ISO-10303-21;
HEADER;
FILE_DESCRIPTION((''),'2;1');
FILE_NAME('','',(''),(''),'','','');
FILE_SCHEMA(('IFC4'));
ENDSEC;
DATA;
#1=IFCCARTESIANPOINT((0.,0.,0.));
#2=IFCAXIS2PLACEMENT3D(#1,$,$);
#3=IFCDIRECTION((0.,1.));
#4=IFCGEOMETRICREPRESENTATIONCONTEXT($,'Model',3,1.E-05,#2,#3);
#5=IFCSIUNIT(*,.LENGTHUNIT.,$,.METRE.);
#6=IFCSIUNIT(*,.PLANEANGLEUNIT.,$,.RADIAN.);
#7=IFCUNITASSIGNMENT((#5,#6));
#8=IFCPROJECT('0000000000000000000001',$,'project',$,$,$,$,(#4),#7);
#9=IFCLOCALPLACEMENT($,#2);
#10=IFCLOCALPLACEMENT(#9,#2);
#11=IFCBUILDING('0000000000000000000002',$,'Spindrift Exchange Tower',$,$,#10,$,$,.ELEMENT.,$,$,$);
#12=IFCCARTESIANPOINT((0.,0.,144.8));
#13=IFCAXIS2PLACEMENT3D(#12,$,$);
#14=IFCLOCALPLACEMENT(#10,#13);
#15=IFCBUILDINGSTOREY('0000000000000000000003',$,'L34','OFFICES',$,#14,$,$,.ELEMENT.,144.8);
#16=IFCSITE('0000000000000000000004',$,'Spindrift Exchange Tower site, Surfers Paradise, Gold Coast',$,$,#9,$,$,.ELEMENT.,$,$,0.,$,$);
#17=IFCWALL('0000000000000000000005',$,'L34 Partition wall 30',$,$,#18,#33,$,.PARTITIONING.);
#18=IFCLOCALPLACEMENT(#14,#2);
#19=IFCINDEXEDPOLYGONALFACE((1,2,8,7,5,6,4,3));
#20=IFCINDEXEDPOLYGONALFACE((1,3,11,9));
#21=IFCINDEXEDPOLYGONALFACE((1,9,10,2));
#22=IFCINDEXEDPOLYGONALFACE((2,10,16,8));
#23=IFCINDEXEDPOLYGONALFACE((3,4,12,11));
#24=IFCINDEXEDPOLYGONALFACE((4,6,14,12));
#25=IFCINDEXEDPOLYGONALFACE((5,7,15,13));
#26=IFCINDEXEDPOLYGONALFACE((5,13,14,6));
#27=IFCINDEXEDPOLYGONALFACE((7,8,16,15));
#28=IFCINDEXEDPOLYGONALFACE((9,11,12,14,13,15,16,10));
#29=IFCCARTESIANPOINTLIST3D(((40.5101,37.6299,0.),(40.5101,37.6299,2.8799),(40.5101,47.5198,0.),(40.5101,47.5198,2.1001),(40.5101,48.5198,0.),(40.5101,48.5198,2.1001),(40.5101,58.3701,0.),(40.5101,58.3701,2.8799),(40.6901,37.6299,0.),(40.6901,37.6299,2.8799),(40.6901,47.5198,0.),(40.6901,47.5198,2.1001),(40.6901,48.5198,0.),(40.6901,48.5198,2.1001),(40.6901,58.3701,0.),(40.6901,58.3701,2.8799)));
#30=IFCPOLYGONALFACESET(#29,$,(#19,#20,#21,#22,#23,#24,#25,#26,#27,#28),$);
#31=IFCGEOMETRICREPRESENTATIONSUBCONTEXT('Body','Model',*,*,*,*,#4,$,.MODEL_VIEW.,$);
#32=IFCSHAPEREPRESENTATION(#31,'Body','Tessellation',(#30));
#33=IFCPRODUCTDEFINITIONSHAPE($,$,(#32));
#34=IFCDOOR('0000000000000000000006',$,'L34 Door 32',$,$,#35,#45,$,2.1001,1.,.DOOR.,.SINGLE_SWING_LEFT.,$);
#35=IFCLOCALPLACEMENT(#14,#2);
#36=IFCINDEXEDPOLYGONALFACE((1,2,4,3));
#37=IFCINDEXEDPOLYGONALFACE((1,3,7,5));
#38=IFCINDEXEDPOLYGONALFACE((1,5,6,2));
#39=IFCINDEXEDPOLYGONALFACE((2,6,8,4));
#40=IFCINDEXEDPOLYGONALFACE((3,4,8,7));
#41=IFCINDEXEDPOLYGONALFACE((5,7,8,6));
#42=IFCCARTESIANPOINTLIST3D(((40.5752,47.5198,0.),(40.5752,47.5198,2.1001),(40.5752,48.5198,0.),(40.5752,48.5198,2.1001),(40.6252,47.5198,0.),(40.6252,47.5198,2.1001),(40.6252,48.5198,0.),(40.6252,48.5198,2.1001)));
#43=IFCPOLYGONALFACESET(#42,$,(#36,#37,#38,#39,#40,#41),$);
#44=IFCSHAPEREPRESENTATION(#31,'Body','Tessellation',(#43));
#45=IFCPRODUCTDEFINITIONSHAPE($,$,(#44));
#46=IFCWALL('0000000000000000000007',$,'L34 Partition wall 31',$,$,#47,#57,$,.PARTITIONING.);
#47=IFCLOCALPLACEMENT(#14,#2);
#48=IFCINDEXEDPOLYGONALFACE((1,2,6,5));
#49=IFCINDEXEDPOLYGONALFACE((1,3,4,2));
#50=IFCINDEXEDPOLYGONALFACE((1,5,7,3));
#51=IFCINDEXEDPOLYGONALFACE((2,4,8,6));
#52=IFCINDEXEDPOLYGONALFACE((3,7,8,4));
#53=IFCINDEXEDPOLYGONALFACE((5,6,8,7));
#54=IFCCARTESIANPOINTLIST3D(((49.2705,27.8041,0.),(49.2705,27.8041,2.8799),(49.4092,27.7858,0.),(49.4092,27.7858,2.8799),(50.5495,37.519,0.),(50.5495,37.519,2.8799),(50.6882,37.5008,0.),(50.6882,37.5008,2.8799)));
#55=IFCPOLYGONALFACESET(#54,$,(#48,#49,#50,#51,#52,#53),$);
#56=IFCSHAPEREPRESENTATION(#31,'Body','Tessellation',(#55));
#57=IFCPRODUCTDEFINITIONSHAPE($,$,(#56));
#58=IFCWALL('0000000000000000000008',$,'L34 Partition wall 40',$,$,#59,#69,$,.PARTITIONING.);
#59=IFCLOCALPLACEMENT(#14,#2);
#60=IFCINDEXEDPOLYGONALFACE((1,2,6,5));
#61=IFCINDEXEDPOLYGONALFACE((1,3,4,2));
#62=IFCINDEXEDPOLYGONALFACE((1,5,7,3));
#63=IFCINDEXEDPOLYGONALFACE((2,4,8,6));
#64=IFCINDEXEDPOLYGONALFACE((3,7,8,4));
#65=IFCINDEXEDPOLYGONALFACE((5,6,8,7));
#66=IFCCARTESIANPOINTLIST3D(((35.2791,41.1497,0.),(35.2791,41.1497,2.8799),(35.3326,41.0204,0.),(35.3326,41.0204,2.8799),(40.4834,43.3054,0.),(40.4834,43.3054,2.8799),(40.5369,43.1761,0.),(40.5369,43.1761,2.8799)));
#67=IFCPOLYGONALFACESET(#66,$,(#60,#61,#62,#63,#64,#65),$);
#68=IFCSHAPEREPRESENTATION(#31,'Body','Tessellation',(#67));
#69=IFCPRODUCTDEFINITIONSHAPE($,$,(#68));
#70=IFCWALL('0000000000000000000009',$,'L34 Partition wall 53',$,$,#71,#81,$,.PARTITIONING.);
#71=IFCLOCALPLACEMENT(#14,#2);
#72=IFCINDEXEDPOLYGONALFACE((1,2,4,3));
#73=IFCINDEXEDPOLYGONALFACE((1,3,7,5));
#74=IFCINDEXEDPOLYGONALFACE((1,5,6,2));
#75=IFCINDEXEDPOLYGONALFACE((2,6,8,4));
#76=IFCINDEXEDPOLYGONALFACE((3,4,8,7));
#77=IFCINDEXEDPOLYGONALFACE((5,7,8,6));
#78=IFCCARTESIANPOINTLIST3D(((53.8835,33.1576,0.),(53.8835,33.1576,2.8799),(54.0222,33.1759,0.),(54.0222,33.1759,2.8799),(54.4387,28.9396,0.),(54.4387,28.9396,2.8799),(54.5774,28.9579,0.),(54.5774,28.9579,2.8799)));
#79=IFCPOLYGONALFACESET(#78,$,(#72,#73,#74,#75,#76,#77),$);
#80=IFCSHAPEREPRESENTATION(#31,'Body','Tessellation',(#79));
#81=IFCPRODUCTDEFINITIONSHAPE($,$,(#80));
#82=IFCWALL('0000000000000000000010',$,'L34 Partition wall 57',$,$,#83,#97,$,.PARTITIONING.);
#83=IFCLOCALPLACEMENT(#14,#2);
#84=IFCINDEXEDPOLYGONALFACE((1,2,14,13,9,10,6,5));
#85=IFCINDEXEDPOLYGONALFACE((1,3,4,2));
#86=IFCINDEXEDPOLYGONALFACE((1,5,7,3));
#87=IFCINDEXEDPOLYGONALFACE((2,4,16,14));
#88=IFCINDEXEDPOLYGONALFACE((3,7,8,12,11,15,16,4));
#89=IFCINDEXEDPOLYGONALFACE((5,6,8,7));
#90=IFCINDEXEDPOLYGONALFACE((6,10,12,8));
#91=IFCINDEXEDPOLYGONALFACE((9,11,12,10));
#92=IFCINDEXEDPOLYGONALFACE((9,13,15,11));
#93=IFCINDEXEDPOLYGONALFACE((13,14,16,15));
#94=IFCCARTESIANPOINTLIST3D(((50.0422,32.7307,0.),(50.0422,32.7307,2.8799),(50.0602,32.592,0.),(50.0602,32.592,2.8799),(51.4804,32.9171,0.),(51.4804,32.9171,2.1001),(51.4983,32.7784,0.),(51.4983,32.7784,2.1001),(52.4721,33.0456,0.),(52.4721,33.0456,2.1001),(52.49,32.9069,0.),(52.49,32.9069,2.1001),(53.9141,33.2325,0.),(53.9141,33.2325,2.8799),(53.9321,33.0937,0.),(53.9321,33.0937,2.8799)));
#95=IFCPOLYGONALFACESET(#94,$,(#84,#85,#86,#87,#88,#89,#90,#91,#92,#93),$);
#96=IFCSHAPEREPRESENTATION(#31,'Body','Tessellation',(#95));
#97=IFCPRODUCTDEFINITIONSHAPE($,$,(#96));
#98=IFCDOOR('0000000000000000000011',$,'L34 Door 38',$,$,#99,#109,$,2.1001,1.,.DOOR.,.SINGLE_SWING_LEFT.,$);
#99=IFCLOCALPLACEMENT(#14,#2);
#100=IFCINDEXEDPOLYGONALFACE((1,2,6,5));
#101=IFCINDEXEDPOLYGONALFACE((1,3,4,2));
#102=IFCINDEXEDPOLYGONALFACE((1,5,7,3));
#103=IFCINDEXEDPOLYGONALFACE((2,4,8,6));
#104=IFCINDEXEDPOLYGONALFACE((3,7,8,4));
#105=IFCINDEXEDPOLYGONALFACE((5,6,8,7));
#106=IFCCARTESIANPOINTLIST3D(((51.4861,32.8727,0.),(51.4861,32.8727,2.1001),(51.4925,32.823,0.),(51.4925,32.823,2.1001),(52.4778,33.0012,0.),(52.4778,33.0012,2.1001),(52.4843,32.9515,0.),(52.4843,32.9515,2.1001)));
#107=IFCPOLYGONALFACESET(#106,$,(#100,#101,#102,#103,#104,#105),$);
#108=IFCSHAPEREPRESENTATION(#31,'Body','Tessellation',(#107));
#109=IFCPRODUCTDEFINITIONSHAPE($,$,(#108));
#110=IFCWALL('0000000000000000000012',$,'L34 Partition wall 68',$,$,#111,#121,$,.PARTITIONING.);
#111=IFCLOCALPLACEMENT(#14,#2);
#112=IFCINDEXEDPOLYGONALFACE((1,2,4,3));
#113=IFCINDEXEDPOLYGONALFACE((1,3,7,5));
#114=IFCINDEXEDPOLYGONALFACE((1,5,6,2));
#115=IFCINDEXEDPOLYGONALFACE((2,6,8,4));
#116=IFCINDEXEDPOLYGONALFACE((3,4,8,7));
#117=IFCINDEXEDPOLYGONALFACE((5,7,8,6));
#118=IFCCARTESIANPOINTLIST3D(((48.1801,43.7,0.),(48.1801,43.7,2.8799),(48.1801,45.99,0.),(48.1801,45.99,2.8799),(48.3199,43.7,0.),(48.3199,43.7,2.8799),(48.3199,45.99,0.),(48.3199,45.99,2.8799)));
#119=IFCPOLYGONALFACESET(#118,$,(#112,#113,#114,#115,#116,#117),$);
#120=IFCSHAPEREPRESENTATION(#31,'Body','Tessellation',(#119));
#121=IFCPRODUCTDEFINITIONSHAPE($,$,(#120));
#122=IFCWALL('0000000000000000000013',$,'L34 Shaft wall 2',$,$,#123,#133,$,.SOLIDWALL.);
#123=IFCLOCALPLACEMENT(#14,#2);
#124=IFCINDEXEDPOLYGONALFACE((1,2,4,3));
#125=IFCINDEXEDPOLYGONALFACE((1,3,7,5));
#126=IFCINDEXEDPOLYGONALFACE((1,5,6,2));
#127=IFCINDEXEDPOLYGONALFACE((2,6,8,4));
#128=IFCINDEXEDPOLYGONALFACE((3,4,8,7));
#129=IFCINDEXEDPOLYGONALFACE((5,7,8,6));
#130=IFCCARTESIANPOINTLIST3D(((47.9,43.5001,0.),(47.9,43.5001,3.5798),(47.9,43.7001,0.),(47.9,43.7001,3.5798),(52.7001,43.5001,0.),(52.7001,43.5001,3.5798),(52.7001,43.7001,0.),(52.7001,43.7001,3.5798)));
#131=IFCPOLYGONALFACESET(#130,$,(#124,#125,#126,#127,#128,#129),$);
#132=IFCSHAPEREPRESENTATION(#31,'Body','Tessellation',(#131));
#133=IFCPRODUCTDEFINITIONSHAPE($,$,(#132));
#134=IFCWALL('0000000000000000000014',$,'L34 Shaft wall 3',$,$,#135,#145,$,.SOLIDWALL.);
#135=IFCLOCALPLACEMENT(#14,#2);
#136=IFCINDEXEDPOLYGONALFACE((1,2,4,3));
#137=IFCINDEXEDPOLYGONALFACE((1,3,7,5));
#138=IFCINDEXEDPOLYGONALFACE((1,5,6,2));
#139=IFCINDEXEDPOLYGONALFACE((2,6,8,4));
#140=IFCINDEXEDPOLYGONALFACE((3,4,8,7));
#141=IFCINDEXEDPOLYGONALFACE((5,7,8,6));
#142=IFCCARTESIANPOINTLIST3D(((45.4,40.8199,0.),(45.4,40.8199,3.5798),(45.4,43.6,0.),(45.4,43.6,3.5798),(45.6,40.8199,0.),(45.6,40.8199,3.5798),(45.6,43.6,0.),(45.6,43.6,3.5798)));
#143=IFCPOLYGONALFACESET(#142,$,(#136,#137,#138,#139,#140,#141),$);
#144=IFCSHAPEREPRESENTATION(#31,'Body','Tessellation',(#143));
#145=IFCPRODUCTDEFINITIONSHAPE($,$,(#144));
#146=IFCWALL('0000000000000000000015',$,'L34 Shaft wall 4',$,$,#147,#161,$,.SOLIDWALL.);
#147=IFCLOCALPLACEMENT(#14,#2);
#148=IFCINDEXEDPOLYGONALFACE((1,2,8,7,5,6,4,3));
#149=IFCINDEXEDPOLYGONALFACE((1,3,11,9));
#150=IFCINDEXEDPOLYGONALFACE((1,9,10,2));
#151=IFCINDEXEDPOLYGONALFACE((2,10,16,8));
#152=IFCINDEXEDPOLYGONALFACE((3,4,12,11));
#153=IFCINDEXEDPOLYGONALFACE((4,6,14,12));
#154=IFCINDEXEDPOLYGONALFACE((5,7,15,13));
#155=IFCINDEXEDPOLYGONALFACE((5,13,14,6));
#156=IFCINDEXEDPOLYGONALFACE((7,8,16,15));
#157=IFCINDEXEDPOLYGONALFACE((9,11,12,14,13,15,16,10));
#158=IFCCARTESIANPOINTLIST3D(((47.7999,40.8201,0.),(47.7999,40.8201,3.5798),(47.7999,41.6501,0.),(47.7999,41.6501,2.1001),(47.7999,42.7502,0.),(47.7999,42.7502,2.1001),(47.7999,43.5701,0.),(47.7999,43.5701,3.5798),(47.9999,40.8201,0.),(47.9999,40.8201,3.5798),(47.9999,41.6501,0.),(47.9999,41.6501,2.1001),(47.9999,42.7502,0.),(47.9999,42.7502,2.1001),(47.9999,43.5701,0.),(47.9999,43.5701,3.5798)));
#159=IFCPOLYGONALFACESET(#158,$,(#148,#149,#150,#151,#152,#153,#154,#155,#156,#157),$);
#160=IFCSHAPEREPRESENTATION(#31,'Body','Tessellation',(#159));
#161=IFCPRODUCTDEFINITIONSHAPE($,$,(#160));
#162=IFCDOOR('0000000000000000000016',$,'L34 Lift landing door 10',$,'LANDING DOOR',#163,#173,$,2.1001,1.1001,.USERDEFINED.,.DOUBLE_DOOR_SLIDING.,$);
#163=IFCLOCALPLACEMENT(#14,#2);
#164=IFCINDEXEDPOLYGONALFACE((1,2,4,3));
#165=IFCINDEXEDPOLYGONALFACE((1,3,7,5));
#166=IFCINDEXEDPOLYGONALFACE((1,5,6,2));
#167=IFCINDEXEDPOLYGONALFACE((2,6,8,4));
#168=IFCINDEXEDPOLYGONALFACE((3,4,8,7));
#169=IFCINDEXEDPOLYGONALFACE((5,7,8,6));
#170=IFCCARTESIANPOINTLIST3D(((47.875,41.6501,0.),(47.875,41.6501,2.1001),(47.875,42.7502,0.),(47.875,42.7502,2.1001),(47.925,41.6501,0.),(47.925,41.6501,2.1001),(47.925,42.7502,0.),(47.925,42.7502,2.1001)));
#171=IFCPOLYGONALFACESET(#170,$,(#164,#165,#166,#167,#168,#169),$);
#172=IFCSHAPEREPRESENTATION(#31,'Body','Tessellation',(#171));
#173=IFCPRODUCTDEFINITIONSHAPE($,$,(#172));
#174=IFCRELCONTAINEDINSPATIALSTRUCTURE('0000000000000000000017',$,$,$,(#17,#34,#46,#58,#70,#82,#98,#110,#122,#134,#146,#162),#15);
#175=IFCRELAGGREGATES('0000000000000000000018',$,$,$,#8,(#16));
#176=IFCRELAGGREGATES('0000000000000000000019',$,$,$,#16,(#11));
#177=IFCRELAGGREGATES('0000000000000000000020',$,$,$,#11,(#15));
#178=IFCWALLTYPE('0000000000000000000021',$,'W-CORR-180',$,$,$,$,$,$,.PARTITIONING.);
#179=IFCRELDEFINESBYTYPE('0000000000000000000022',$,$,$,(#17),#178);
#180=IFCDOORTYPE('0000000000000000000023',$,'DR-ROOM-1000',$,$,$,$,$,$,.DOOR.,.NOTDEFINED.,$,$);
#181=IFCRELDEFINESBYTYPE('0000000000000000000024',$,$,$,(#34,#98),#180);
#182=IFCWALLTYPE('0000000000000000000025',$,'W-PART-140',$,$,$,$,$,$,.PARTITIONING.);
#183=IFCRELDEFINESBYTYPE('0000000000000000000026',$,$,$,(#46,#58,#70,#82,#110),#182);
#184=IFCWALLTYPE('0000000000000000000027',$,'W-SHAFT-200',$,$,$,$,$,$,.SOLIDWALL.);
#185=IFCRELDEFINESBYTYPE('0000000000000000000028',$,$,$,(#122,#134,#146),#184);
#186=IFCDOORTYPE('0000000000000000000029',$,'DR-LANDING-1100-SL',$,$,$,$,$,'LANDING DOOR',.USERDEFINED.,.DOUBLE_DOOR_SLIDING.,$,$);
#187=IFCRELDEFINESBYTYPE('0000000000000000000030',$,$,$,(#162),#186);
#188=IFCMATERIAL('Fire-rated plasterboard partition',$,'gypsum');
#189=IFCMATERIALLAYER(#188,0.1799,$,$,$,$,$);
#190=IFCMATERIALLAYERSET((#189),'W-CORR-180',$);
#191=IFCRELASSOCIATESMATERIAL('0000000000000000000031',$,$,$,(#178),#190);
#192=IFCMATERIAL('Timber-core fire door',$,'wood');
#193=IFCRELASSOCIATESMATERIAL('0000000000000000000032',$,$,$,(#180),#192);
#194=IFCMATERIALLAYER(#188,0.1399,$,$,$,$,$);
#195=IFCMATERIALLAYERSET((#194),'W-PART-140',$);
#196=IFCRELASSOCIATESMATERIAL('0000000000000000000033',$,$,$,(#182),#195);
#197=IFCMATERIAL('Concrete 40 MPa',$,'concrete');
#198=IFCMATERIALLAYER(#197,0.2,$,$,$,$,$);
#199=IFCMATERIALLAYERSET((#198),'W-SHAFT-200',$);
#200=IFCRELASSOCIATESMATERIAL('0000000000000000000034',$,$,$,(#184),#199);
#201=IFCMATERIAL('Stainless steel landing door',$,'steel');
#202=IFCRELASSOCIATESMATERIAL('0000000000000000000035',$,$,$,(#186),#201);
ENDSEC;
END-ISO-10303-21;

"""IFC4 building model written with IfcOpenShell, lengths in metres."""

from ifc_helpers import new_model, si_unit, direction, frame, frame_2d, origin, place, context, subcontext, project, spatial, rectangle, extrude, source, transform, mapped, material, layer, layer_set, type_object, element, fill, save


model = new_model("IFC4")

# Units and contexts
model_context = context("Model", 3, precision=1e-05, world=origin(), true_north=direction((0.0, 1.0)))
body_context = subcontext(model_context, "Body", "Model", "MODEL_VIEW")
ifc_project = project(units=[si_unit("LENGTHUNIT", "METRE"), si_unit("PLANEANGLEUNIT", "RADIAN")], contexts=[model_context])

# Site, building, storey
site_placement = place(None, origin())
site = spatial("IfcSite", under=ifc_project, at=site_placement, Name="Spindrift Exchange Tower site, Surfers Paradise, Gold Coast", CompositionType="ELEMENT", RefElevation=0.0)
building_placement = place(site_placement, origin())
building = spatial("IfcBuilding", under=site, at=building_placement, Name="Spindrift Exchange Tower", CompositionType="ELEMENT")
storey_placement = place(building_placement, frame((0.0, 0.0, 144.8)))
storey = spatial("IfcBuildingStorey", under=building, at=storey_placement, Name="L34", Description="OFFICES", CompositionType="ELEMENT", Elevation=144.8)

# Shared definitions
ifc_material_1 = material(Name="Timber-core fire door", Category="wood")

# Wall, opening, door
ifc_material_2 = material(Name="Fire-rated plasterboard partition", Category="gypsum")
ifc_layer_1 = layer(ifc_material_2, 0.1799)
ifc_layer_set_1 = layer_set([ifc_layer_1], Name="W-CORR-180")
wall_type_1 = type_object("IfcWallType", Name="W-CORR-180", PredefinedType="PARTITIONING", material=ifc_layer_set_1)
wall_1_placement = place(storey_placement, frame((40.6001, 37.6299, 0.0), z_axis=(0.0, 0.0, 1.0), x_axis=(0.0, 1.0, 0.0)))
wall_1 = element("IfcWall", 1, at=wall_1_placement, inside=storey, type_object=wall_type_1, Name="L34 Partition wall 30", PredefinedType="PARTITIONING", context=body_context, shape_type="SweptSolid", body=[
    extrude(rectangle(XDim=20.7402, YDim=0.1799, at=frame_2d((10.3701, 0.0))), origin(), (0.0, 0.0, 1.0), 2.8799),
])
opening_1_placement = place(wall_1_placement, frame((9.8899, 0.0, 0.0)))
opening_1 = element("IfcOpeningElement", 2, at=opening_1_placement, cuts=wall_1, PredefinedType="OPENING", context=body_context, shape_type="SweptSolid", body=[
    extrude(rectangle(XDim=1.0, YDim=2.1001, at=frame_2d((0.5, 1.05))), frame((0.0, 0.0999, 0.0), z_axis=(0.0, -1.0, 0.0), x_axis=(1.0, 0.0, 0.0)), (0.0, 0.0, 1.0), 0.2),
])
door_type_1 = type_object("IfcDoorType", Name="DR-ROOM-1000", OperationType="NOTDEFINED", PredefinedType="DOOR", material=ifc_material_1)
shared_shape_1 = source(origin(), body_context, "Body", "SweptSolid", [
    extrude(rectangle(XDim=1.0, YDim=2.1001, at=frame_2d((0.5, 1.05))), frame((0.0, 0.0249, 0.0), z_axis=(0.0, -1.0, 0.0), x_axis=(1.0, 0.0, 0.0)), (0.0, 0.0, 1.0), 0.05),
])
door_1_placement = place(opening_1_placement, origin())
door_1 = element("IfcDoor", 3, at=door_1_placement, inside=storey, type_object=door_type_1, Name="L34 Door 32", OperationType="SINGLE_SWING_LEFT", OverallHeight=2.1001, OverallWidth=1.0, PredefinedType="DOOR", context=body_context, shape_type="MappedRepresentation", body=[
    mapped(shared_shape_1, transform((0.0, 0.0, 0.0), scale=1.0)),
])
fill(opening_1, door_1)

# Walls
ifc_layer_2 = layer(ifc_material_2, 0.1399)
ifc_layer_set_2 = layer_set([ifc_layer_2], Name="W-PART-140")
wall_type_2 = type_object("IfcWallType", Name="W-PART-140", PredefinedType="PARTITIONING", material=ifc_layer_set_2)
wall_2_placement = place(storey_placement, frame((49.3398, 27.7949, 0.0), z_axis=(0.0, 0.0, 1.0), x_axis=(0.13053, 0.991444, 0.0)))
element("IfcWall", 4, at=wall_2_placement, inside=storey, type_object=wall_type_2, Name="L34 Partition wall 31", PredefinedType="PARTITIONING", context=body_context, shape_type="SweptSolid", body=[
    extrude(rectangle(XDim=9.7988, YDim=0.1399, at=frame_2d((4.8994, 0.0))), origin(), (0.0, 0.0, 1.0), 2.8799),
])
wall_3_placement = place(storey_placement, frame((40.51, 43.2407, 0.0), z_axis=(0.0, 0.0, 1.0), x_axis=(-0.923876, -0.382691, 0.0)))
element("IfcWall", 5, at=wall_3_placement, inside=storey, type_object=wall_type_2, Name="L34 Partition wall 40", PredefinedType="PARTITIONING", context=body_context, shape_type="SweptSolid", body=[
    extrude(rectangle(XDim=5.6331, YDim=0.1399, at=frame_2d((2.8164, 0.0))), origin(), (0.0, 0.0, 1.0), 2.8799),
])
wall_4_placement = place(storey_placement, frame((53.9529, 33.1667, 0.0), z_axis=(0.0, 0.0, 1.0), x_axis=(0.130495, -0.991449, 0.0)))
element("IfcWall", 6, at=wall_4_placement, inside=storey, type_object=wall_type_2, Name="L34 Partition wall 53", PredefinedType="PARTITIONING", context=body_context, shape_type="SweptSolid", body=[
    extrude(rectangle(XDim=4.2544, YDim=0.1399, at=frame_2d((2.1272, 0.0))), origin(), (0.0, 0.0, 1.0), 2.8799),
])

# Wall, opening, door
wall_5_placement = place(storey_placement, frame((53.9231, 33.1631, 0.0), z_axis=(0.0, 0.0, 1.0), x_axis=(-0.991709, -0.128505, 0.0)))
wall_5 = element("IfcWall", 7, at=wall_5_placement, inside=storey, type_object=wall_type_2, Name="L34 Partition wall 57", PredefinedType="PARTITIONING", context=body_context, shape_type="SweptSolid", body=[
    extrude(rectangle(XDim=3.9043, YDim=0.1399, at=frame_2d((1.9521, 0.0))), origin(), (0.0, 0.0, 1.0), 2.8799),
])
opening_2_placement = place(wall_5_placement, frame((1.4541, 0.0, 0.0)))
opening_2 = element("IfcOpeningElement", 8, at=opening_2_placement, cuts=wall_5, PredefinedType="OPENING", context=body_context, shape_type="SweptSolid", body=[
    extrude(rectangle(XDim=1.0, YDim=2.1001, at=frame_2d((0.5, 1.05))), frame((0.0, 0.0798, 0.0), z_axis=(0.0, -1.0, 0.0), x_axis=(1.0, 0.0, 0.0)), (0.0, 0.0, 1.0), 0.1599),
])
door_2_placement = place(opening_2_placement, origin())
door_2 = element("IfcDoor", 9, at=door_2_placement, inside=storey, type_object=door_type_1, Name="L34 Door 38", OperationType="SINGLE_SWING_LEFT", OverallHeight=2.1001, OverallWidth=1.0, PredefinedType="DOOR", context=body_context, shape_type="MappedRepresentation", body=[
    mapped(shared_shape_1, transform((0.0, 0.0, 0.0), scale=1.0)),
])
fill(opening_2, door_2)

# Walls
wall_6_placement = place(storey_placement, frame((48.25, 43.7, 0.0), z_axis=(0.0, 0.0, 1.0), x_axis=(0.0, 1.0, 0.0)))
element("IfcWall", 10, at=wall_6_placement, inside=storey, type_object=wall_type_2, Name="L34 Partition wall 68", PredefinedType="PARTITIONING", context=body_context, shape_type="SweptSolid", body=[
    extrude(rectangle(XDim=2.29, YDim=0.1399, at=frame_2d((1.145, 0.0))), origin(), (0.0, 0.0, 1.0), 2.8799),
])
ifc_material_3 = material(Name="Concrete 40 MPa", Category="concrete")
ifc_layer_3 = layer(ifc_material_3, 0.2)
ifc_layer_set_3 = layer_set([ifc_layer_3], Name="W-SHAFT-200")
wall_type_3 = type_object("IfcWallType", Name="W-SHAFT-200", PredefinedType="SOLIDWALL", material=ifc_layer_set_3)
wall_7_placement = place(storey_placement, frame((52.7, 43.6001, 0.0), z_axis=(0.0, 0.0, 1.0), x_axis=(-1.0, 0.0, 0.0)))
element("IfcWall", 11, at=wall_7_placement, inside=storey, type_object=wall_type_3, Name="L34 Shaft wall 2", PredefinedType="SOLIDWALL", context=body_context, shape_type="SweptSolid", body=[
    extrude(rectangle(XDim=4.8, YDim=0.2, at=frame_2d((2.3999, 0.0))), origin(), (0.0, 0.0, 1.0), 3.5798),
])
wall_8_placement = place(storey_placement, frame((45.5, 43.6001, 0.0), z_axis=(0.0, 0.0, 1.0), x_axis=(0.0, -1.0, 0.0)))
element("IfcWall", 12, at=wall_8_placement, inside=storey, type_object=wall_type_3, Name="L34 Shaft wall 3", PredefinedType="SOLIDWALL", context=body_context, shape_type="SweptSolid", body=[
    extrude(rectangle(XDim=2.78, YDim=0.2, at=frame_2d((1.3901, 0.0))), origin(), (0.0, 0.0, 1.0), 3.5798),
])

# Wall, opening, door
wall_9_placement = place(storey_placement, frame((47.8999, 40.8201, 0.0), z_axis=(0.0, 0.0, 1.0), x_axis=(0.0, 1.0, 0.0)))
wall_9 = element("IfcWall", 13, at=wall_9_placement, inside=storey, type_object=wall_type_3, Name="L34 Shaft wall 4", PredefinedType="SOLIDWALL", context=body_context, shape_type="SweptSolid", body=[
    extrude(rectangle(XDim=2.75, YDim=0.2, at=frame_2d((1.375, 0.0))), origin(), (0.0, 0.0, 1.0), 3.5798),
])
opening_3_placement = place(wall_9_placement, frame((0.8301, 0.0, 0.0)))
opening_3 = element("IfcOpeningElement", 14, at=opening_3_placement, cuts=wall_9, PredefinedType="OPENING", context=body_context, shape_type="SweptSolid", body=[
    extrude(rectangle(XDim=1.1001, YDim=2.1001, at=frame_2d((0.55, 1.05))), frame((0.0, 0.1099, 0.0), z_axis=(0.0, -1.0, 0.0), x_axis=(1.0, 0.0, 0.0)), (0.0, 0.0, 1.0), 0.22),
])
ifc_material_4 = material(Name="Stainless steel landing door", Category="steel")
door_type_2 = type_object("IfcDoorType", Name="DR-LANDING-1100-SL", ElementType="LANDING DOOR", OperationType="DOUBLE_DOOR_SLIDING", PredefinedType="USERDEFINED", material=ifc_material_4)
shared_shape_2 = source(origin(), body_context, "Body", "SweptSolid", [
    extrude(rectangle(XDim=1.1001, YDim=2.1001, at=frame_2d((0.55, 1.05))), frame((0.0, 0.0249, 0.0), z_axis=(0.0, -1.0, 0.0), x_axis=(1.0, 0.0, 0.0)), (0.0, 0.0, 1.0), 0.05),
])
door_3_placement = place(opening_3_placement, origin())
door_3 = element("IfcDoor", 15, at=door_3_placement, inside=storey, type_object=door_type_2, Name="L34 Lift landing door 10", ObjectType="LANDING DOOR", OperationType="DOUBLE_DOOR_SLIDING", OverallHeight=2.1001, OverallWidth=1.1001, PredefinedType="USERDEFINED", context=body_context, shape_type="MappedRepresentation", body=[
    mapped(shared_shape_2, transform((0.0, 0.0, 0.0), scale=1.0)),
])
fill(opening_3, door_3)

save(model, "model.ifc")
